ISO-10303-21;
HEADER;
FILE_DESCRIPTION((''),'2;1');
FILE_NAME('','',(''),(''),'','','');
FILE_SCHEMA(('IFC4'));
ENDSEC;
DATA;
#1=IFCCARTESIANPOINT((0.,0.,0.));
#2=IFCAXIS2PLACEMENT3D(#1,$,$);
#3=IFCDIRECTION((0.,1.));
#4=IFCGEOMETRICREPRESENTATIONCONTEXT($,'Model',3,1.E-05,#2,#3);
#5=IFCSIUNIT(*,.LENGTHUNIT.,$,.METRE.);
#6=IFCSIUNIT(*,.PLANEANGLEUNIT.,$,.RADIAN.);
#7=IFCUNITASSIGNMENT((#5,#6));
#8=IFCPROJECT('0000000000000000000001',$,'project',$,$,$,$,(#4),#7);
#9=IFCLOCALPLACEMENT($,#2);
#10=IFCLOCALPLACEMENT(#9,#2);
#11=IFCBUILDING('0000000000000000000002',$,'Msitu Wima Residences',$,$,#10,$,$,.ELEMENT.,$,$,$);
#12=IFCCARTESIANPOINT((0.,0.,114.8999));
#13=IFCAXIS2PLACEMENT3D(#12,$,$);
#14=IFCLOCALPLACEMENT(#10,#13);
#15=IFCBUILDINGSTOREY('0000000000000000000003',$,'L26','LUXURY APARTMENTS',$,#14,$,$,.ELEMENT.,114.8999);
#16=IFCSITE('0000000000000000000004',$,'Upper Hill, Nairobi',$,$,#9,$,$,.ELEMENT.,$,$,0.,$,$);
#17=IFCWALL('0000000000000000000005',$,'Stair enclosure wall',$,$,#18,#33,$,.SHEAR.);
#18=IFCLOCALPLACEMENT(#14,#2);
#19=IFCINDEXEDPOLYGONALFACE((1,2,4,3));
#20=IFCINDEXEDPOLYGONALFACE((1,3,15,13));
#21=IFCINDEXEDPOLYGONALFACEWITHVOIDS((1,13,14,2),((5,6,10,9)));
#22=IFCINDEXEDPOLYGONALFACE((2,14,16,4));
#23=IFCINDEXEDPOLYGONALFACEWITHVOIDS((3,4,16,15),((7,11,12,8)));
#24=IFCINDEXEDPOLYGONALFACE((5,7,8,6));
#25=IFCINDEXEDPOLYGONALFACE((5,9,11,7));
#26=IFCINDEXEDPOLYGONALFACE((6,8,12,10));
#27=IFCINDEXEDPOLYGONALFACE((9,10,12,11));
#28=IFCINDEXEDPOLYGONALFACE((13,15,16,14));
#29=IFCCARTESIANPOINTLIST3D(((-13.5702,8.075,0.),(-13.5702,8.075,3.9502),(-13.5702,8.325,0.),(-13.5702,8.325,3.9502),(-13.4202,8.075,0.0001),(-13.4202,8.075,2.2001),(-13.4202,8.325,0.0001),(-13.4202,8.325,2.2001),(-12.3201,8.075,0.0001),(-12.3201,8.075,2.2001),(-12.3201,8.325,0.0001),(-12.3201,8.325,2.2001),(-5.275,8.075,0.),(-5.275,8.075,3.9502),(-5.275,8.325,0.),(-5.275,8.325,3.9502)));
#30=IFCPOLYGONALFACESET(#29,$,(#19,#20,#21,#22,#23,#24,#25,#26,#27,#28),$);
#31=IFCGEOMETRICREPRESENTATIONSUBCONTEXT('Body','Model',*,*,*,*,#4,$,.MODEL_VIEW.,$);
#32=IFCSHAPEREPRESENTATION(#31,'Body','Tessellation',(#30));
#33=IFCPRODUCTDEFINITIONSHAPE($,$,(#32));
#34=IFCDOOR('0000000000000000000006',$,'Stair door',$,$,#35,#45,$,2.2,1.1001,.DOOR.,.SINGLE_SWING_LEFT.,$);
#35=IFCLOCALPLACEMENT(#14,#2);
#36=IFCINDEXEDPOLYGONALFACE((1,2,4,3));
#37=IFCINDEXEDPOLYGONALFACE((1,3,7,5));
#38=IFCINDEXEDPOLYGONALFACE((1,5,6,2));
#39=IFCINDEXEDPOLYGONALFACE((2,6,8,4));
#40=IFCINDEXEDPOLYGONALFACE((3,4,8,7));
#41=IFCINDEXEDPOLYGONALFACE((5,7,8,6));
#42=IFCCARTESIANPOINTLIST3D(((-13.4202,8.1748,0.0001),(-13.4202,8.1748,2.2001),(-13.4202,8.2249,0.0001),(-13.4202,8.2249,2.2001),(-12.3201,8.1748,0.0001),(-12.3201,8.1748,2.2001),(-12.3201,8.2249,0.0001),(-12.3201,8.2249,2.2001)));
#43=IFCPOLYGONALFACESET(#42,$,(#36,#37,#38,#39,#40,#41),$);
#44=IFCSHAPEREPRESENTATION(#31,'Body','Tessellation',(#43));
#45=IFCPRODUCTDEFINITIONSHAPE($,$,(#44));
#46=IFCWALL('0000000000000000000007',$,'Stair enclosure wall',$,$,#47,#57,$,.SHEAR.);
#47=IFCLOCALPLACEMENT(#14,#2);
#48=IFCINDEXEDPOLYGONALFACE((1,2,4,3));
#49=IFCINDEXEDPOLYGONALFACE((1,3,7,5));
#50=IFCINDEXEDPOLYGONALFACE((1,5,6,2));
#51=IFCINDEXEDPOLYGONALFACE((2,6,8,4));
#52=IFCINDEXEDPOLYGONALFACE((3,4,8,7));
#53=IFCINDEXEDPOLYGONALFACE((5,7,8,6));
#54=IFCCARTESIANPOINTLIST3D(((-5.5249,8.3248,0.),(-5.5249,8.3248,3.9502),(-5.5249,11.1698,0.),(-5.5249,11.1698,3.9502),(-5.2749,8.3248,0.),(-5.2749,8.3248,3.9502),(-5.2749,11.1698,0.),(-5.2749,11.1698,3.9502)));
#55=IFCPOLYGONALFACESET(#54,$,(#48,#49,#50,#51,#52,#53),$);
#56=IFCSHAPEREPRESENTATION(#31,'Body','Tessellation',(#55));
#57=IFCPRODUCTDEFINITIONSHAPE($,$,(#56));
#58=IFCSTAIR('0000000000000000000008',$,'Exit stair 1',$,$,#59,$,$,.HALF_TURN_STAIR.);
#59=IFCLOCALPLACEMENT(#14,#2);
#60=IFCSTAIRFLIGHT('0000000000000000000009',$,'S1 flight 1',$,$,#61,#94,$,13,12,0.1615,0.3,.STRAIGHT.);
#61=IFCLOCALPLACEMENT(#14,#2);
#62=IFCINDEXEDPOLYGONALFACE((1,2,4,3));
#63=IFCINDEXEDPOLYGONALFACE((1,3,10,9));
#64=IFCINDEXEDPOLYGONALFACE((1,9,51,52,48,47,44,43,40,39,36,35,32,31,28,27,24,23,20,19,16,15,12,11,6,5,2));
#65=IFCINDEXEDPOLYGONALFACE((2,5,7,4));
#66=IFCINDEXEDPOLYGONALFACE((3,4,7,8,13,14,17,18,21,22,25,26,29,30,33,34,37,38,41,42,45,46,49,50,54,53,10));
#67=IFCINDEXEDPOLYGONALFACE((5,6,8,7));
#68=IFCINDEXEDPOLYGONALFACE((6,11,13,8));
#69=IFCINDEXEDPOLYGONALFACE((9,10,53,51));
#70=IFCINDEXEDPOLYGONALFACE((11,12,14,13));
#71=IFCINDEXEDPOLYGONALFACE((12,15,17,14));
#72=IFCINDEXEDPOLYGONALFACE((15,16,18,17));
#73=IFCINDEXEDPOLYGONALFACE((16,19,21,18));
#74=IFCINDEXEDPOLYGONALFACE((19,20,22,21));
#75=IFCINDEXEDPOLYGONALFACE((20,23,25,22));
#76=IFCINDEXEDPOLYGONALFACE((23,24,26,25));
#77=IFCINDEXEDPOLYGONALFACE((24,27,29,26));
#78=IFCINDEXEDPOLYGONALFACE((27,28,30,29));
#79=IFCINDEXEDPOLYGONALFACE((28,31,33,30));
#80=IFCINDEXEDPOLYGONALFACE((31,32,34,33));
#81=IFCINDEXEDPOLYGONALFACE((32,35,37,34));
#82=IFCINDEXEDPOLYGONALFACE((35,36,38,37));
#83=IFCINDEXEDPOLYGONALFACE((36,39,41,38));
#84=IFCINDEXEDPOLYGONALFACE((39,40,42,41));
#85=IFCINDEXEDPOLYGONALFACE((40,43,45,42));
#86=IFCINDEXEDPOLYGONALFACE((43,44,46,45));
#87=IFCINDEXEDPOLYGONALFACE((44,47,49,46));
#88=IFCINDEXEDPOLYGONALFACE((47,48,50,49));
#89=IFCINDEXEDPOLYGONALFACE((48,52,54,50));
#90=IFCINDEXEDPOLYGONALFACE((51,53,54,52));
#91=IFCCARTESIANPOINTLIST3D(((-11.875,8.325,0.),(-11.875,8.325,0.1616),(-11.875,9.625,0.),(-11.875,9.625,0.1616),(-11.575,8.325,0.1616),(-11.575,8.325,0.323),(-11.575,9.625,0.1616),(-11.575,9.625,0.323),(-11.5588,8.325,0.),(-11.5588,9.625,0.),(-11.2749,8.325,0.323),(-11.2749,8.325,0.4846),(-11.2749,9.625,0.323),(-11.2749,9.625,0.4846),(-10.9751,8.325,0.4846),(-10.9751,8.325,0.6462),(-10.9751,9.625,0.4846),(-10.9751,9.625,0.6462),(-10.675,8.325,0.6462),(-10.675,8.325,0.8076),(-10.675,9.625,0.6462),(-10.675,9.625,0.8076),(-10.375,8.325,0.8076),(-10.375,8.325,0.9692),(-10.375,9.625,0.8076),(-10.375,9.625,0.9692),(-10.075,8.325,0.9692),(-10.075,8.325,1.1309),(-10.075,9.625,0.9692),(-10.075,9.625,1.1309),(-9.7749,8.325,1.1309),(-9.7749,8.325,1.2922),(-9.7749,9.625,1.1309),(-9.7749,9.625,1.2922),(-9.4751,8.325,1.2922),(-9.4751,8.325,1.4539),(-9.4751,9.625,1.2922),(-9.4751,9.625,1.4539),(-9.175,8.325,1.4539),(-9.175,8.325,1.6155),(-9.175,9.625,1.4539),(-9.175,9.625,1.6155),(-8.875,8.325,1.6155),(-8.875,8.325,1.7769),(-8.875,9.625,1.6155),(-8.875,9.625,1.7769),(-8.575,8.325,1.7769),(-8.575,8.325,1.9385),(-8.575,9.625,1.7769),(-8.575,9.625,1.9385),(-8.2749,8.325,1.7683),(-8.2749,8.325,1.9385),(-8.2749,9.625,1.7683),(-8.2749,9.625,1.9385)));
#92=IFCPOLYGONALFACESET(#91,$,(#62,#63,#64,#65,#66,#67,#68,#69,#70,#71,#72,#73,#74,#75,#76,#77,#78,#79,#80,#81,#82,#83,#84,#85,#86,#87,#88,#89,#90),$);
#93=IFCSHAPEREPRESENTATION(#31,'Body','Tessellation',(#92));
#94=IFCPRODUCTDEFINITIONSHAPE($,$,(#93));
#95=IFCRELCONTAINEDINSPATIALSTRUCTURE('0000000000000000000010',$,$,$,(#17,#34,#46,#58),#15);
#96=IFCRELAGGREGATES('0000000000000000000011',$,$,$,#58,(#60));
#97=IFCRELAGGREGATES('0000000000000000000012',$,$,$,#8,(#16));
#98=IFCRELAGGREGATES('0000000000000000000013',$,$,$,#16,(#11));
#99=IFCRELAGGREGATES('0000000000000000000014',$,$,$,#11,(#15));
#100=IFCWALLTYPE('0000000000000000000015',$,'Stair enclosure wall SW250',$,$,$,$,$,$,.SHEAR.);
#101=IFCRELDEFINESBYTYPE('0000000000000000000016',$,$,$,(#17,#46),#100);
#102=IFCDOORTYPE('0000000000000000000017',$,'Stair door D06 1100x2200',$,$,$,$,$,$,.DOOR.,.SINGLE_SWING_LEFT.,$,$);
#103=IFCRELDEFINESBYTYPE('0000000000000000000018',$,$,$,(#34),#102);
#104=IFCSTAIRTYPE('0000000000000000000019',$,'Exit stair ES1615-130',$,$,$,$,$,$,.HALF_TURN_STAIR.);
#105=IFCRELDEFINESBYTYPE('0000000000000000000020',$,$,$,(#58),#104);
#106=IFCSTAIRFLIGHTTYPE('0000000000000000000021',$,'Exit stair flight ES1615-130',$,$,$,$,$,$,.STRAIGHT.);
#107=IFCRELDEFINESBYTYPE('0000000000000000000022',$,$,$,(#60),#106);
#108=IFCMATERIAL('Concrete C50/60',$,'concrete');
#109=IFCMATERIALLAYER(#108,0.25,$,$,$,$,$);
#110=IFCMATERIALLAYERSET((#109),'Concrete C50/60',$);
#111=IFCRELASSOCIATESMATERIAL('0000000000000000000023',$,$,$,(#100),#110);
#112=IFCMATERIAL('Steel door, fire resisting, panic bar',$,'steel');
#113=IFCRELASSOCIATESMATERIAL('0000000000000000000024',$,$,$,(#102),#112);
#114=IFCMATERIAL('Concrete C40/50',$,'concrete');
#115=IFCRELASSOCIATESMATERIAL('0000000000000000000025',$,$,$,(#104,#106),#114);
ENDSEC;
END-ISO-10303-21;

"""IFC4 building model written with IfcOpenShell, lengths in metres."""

from ifc_helpers import new_model, si_unit, direction, frame, frame_2d, origin, place, context, subcontext, project, spatial, polyline, rectangle, outline, extrude, material, layer, layer_set, type_object, element, fill, aggregate, save


model = new_model("IFC4")

# Units and contexts
model_context = context("Model", 3, precision=1e-05, world=origin(), true_north=direction((0.0, 1.0)))
body_context = subcontext(model_context, "Body", "Model", "MODEL_VIEW")
ifc_project = project(units=[si_unit("LENGTHUNIT", "METRE"), si_unit("PLANEANGLEUNIT", "RADIAN")], contexts=[model_context])

# Site, building, storey
site_placement = place(None, origin())
site = spatial("IfcSite", under=ifc_project, at=site_placement, Name="Upper Hill, Nairobi", CompositionType="ELEMENT", RefElevation=0.0)
building_placement = place(site_placement, origin())
building = spatial("IfcBuilding", under=site, at=building_placement, Name="Msitu Wima Residences", CompositionType="ELEMENT")
storey_placement = place(building_placement, frame((0.0, 0.0, 114.8999)))
storey = spatial("IfcBuildingStorey", under=building, at=storey_placement, Name="L26", Description="LUXURY APARTMENTS", CompositionType="ELEMENT", Elevation=114.8999)

# Shared definitions
ifc_material_1 = material(Name="Concrete C40/50", Category="concrete")

# Wall, opening, door
ifc_material_2 = material(Name="Concrete C50/60", Category="concrete")
ifc_layer_1 = layer(ifc_material_2, 0.25)
ifc_layer_set_1 = layer_set([ifc_layer_1], Name="Concrete C50/60")
wall_type_1 = type_object("IfcWallType", Name="Stair enclosure wall SW250", PredefinedType="SHEAR", material=ifc_layer_set_1)
wall_1_placement = place(storey_placement, frame((-13.5701, 8.2, 0.0), z_axis=(0.0, 0.0, 1.0), x_axis=(1.0, 0.0, 0.0)))
wall_1 = element("IfcWall", 1, at=wall_1_placement, inside=storey, type_object=wall_type_1, Name="Stair enclosure wall", PredefinedType="SHEAR", context=body_context, shape_type="SweptSolid", body=[
    extrude(rectangle(XDim=8.2952, YDim=0.25, at=frame_2d((4.1475, 0.0))), origin(), (0.0, 0.0, 1.0), 3.9502),
])
opening_1_placement = place(wall_1_placement, frame((0.1499, 0.0, 0.0)))
opening_1 = element("IfcOpeningElement", 2, at=opening_1_placement, cuts=wall_1, PredefinedType="OPENING", context=body_context, shape_type="SweptSolid", body=[
    extrude(rectangle(XDim=1.1001, YDim=2.2, at=frame_2d((0.55, 1.1001))), frame((0.0, 0.135, 0.0), z_axis=(0.0, -1.0, 0.0), x_axis=(1.0, 0.0, 0.0)), (0.0, 0.0, 1.0), 0.27),
])
ifc_material_3 = material(Name="Steel door, fire resisting, panic bar", Category="steel")
door_type_1 = type_object("IfcDoorType", Name="Stair door D06 1100x2200", OperationType="SINGLE_SWING_LEFT", PredefinedType="DOOR", material=ifc_material_3)
door_1_placement = place(opening_1_placement, origin())
door_1 = element("IfcDoor", 3, at=door_1_placement, inside=storey, type_object=door_type_1, Name="Stair door", OperationType="SINGLE_SWING_LEFT", OverallHeight=2.2, OverallWidth=1.1001, PredefinedType="DOOR", context=body_context, shape_type="SweptSolid", body=[
    extrude(rectangle(XDim=1.1001, YDim=2.2, at=frame_2d((0.55, 1.1001))), frame((0.0, 0.0249, 0.0), z_axis=(0.0, -1.0, 0.0), x_axis=(1.0, 0.0, 0.0)), (0.0, 0.0, 1.0), 0.05),
])
fill(opening_1, door_1)

# Wall
wall_2_placement = place(storey_placement, frame((-5.3999, 8.325, 0.0), z_axis=(0.0, 0.0, 1.0), x_axis=(0.0, 1.0, 0.0)))
element("IfcWall", 4, at=wall_2_placement, inside=storey, type_object=wall_type_1, Name="Stair enclosure wall", PredefinedType="SHEAR", context=body_context, shape_type="SweptSolid", body=[
    extrude(rectangle(XDim=2.845, YDim=0.25, at=frame_2d((1.4224, 0.0))), origin(), (0.0, 0.0, 1.0), 3.9502),
])

# Stair, stair flight
stair_type = type_object("IfcStairType", Name="Exit stair ES1615-130", PredefinedType="HALF_TURN_STAIR", material=ifc_material_1)
stair_placement = place(storey_placement, origin())
stair = element("IfcStair", 5, at=stair_placement, inside=storey, type_object=stair_type, Name="Exit stair 1", PredefinedType="HALF_TURN_STAIR")
stair_flight_type = type_object("IfcStairFlightType", Name="Exit stair flight ES1615-130", PredefinedType="STRAIGHT", material=ifc_material_1)
stair_flight_placement = place(storey_placement, frame((-11.875, 8.9751, 0.0), z_axis=(0.0, 0.0, 1.0), x_axis=(1.0, 0.0, 0.0)))
stair_flight = element("IfcStairFlight", 6, at=stair_flight_placement, type_object=stair_flight_type, Name="S1 flight 1", NumberOfRisers=13, NumberOfTreads=12, PredefinedType="STRAIGHT", RiserHeight=0.1615, TreadLength=0.3, context=body_context, shape_type="SweptSolid", body=[
    extrude(outline(polyline([(0.0, 0.0), (0.0, 0.1616), (0.3, 0.1616), (0.3, 0.323), (0.6001, 0.323), (0.6001, 0.4846), (0.8999, 0.4846), (0.8999, 0.6462), (1.2, 0.6462), (1.2, 0.8076), (1.5, 0.8076), (1.5, 0.9692), (1.8, 0.9692), (1.8, 1.1309), (2.1001, 1.1309), (2.1001, 1.2922), (2.3999, 1.2922), (2.3999, 1.4539), (2.7, 1.4539), (2.7, 1.6155), (3.0, 1.6155), (3.0, 1.7769), (3.3, 1.7769), (3.3, 1.9385), (3.6001, 1.9385), (3.6001, 2.1001), (3.6001, 1.7683), (0.3162, 0.0), (0.0, 0.0)])), frame((0.0, 0.6499, 0.0), z_axis=(0.0, -1.0, 0.0), x_axis=(1.0, 0.0, 0.0)), (0.0, 0.0, 1.0), 1.3),
])
aggregate(stair, [stair_flight])

save(model, "model.ifc")
